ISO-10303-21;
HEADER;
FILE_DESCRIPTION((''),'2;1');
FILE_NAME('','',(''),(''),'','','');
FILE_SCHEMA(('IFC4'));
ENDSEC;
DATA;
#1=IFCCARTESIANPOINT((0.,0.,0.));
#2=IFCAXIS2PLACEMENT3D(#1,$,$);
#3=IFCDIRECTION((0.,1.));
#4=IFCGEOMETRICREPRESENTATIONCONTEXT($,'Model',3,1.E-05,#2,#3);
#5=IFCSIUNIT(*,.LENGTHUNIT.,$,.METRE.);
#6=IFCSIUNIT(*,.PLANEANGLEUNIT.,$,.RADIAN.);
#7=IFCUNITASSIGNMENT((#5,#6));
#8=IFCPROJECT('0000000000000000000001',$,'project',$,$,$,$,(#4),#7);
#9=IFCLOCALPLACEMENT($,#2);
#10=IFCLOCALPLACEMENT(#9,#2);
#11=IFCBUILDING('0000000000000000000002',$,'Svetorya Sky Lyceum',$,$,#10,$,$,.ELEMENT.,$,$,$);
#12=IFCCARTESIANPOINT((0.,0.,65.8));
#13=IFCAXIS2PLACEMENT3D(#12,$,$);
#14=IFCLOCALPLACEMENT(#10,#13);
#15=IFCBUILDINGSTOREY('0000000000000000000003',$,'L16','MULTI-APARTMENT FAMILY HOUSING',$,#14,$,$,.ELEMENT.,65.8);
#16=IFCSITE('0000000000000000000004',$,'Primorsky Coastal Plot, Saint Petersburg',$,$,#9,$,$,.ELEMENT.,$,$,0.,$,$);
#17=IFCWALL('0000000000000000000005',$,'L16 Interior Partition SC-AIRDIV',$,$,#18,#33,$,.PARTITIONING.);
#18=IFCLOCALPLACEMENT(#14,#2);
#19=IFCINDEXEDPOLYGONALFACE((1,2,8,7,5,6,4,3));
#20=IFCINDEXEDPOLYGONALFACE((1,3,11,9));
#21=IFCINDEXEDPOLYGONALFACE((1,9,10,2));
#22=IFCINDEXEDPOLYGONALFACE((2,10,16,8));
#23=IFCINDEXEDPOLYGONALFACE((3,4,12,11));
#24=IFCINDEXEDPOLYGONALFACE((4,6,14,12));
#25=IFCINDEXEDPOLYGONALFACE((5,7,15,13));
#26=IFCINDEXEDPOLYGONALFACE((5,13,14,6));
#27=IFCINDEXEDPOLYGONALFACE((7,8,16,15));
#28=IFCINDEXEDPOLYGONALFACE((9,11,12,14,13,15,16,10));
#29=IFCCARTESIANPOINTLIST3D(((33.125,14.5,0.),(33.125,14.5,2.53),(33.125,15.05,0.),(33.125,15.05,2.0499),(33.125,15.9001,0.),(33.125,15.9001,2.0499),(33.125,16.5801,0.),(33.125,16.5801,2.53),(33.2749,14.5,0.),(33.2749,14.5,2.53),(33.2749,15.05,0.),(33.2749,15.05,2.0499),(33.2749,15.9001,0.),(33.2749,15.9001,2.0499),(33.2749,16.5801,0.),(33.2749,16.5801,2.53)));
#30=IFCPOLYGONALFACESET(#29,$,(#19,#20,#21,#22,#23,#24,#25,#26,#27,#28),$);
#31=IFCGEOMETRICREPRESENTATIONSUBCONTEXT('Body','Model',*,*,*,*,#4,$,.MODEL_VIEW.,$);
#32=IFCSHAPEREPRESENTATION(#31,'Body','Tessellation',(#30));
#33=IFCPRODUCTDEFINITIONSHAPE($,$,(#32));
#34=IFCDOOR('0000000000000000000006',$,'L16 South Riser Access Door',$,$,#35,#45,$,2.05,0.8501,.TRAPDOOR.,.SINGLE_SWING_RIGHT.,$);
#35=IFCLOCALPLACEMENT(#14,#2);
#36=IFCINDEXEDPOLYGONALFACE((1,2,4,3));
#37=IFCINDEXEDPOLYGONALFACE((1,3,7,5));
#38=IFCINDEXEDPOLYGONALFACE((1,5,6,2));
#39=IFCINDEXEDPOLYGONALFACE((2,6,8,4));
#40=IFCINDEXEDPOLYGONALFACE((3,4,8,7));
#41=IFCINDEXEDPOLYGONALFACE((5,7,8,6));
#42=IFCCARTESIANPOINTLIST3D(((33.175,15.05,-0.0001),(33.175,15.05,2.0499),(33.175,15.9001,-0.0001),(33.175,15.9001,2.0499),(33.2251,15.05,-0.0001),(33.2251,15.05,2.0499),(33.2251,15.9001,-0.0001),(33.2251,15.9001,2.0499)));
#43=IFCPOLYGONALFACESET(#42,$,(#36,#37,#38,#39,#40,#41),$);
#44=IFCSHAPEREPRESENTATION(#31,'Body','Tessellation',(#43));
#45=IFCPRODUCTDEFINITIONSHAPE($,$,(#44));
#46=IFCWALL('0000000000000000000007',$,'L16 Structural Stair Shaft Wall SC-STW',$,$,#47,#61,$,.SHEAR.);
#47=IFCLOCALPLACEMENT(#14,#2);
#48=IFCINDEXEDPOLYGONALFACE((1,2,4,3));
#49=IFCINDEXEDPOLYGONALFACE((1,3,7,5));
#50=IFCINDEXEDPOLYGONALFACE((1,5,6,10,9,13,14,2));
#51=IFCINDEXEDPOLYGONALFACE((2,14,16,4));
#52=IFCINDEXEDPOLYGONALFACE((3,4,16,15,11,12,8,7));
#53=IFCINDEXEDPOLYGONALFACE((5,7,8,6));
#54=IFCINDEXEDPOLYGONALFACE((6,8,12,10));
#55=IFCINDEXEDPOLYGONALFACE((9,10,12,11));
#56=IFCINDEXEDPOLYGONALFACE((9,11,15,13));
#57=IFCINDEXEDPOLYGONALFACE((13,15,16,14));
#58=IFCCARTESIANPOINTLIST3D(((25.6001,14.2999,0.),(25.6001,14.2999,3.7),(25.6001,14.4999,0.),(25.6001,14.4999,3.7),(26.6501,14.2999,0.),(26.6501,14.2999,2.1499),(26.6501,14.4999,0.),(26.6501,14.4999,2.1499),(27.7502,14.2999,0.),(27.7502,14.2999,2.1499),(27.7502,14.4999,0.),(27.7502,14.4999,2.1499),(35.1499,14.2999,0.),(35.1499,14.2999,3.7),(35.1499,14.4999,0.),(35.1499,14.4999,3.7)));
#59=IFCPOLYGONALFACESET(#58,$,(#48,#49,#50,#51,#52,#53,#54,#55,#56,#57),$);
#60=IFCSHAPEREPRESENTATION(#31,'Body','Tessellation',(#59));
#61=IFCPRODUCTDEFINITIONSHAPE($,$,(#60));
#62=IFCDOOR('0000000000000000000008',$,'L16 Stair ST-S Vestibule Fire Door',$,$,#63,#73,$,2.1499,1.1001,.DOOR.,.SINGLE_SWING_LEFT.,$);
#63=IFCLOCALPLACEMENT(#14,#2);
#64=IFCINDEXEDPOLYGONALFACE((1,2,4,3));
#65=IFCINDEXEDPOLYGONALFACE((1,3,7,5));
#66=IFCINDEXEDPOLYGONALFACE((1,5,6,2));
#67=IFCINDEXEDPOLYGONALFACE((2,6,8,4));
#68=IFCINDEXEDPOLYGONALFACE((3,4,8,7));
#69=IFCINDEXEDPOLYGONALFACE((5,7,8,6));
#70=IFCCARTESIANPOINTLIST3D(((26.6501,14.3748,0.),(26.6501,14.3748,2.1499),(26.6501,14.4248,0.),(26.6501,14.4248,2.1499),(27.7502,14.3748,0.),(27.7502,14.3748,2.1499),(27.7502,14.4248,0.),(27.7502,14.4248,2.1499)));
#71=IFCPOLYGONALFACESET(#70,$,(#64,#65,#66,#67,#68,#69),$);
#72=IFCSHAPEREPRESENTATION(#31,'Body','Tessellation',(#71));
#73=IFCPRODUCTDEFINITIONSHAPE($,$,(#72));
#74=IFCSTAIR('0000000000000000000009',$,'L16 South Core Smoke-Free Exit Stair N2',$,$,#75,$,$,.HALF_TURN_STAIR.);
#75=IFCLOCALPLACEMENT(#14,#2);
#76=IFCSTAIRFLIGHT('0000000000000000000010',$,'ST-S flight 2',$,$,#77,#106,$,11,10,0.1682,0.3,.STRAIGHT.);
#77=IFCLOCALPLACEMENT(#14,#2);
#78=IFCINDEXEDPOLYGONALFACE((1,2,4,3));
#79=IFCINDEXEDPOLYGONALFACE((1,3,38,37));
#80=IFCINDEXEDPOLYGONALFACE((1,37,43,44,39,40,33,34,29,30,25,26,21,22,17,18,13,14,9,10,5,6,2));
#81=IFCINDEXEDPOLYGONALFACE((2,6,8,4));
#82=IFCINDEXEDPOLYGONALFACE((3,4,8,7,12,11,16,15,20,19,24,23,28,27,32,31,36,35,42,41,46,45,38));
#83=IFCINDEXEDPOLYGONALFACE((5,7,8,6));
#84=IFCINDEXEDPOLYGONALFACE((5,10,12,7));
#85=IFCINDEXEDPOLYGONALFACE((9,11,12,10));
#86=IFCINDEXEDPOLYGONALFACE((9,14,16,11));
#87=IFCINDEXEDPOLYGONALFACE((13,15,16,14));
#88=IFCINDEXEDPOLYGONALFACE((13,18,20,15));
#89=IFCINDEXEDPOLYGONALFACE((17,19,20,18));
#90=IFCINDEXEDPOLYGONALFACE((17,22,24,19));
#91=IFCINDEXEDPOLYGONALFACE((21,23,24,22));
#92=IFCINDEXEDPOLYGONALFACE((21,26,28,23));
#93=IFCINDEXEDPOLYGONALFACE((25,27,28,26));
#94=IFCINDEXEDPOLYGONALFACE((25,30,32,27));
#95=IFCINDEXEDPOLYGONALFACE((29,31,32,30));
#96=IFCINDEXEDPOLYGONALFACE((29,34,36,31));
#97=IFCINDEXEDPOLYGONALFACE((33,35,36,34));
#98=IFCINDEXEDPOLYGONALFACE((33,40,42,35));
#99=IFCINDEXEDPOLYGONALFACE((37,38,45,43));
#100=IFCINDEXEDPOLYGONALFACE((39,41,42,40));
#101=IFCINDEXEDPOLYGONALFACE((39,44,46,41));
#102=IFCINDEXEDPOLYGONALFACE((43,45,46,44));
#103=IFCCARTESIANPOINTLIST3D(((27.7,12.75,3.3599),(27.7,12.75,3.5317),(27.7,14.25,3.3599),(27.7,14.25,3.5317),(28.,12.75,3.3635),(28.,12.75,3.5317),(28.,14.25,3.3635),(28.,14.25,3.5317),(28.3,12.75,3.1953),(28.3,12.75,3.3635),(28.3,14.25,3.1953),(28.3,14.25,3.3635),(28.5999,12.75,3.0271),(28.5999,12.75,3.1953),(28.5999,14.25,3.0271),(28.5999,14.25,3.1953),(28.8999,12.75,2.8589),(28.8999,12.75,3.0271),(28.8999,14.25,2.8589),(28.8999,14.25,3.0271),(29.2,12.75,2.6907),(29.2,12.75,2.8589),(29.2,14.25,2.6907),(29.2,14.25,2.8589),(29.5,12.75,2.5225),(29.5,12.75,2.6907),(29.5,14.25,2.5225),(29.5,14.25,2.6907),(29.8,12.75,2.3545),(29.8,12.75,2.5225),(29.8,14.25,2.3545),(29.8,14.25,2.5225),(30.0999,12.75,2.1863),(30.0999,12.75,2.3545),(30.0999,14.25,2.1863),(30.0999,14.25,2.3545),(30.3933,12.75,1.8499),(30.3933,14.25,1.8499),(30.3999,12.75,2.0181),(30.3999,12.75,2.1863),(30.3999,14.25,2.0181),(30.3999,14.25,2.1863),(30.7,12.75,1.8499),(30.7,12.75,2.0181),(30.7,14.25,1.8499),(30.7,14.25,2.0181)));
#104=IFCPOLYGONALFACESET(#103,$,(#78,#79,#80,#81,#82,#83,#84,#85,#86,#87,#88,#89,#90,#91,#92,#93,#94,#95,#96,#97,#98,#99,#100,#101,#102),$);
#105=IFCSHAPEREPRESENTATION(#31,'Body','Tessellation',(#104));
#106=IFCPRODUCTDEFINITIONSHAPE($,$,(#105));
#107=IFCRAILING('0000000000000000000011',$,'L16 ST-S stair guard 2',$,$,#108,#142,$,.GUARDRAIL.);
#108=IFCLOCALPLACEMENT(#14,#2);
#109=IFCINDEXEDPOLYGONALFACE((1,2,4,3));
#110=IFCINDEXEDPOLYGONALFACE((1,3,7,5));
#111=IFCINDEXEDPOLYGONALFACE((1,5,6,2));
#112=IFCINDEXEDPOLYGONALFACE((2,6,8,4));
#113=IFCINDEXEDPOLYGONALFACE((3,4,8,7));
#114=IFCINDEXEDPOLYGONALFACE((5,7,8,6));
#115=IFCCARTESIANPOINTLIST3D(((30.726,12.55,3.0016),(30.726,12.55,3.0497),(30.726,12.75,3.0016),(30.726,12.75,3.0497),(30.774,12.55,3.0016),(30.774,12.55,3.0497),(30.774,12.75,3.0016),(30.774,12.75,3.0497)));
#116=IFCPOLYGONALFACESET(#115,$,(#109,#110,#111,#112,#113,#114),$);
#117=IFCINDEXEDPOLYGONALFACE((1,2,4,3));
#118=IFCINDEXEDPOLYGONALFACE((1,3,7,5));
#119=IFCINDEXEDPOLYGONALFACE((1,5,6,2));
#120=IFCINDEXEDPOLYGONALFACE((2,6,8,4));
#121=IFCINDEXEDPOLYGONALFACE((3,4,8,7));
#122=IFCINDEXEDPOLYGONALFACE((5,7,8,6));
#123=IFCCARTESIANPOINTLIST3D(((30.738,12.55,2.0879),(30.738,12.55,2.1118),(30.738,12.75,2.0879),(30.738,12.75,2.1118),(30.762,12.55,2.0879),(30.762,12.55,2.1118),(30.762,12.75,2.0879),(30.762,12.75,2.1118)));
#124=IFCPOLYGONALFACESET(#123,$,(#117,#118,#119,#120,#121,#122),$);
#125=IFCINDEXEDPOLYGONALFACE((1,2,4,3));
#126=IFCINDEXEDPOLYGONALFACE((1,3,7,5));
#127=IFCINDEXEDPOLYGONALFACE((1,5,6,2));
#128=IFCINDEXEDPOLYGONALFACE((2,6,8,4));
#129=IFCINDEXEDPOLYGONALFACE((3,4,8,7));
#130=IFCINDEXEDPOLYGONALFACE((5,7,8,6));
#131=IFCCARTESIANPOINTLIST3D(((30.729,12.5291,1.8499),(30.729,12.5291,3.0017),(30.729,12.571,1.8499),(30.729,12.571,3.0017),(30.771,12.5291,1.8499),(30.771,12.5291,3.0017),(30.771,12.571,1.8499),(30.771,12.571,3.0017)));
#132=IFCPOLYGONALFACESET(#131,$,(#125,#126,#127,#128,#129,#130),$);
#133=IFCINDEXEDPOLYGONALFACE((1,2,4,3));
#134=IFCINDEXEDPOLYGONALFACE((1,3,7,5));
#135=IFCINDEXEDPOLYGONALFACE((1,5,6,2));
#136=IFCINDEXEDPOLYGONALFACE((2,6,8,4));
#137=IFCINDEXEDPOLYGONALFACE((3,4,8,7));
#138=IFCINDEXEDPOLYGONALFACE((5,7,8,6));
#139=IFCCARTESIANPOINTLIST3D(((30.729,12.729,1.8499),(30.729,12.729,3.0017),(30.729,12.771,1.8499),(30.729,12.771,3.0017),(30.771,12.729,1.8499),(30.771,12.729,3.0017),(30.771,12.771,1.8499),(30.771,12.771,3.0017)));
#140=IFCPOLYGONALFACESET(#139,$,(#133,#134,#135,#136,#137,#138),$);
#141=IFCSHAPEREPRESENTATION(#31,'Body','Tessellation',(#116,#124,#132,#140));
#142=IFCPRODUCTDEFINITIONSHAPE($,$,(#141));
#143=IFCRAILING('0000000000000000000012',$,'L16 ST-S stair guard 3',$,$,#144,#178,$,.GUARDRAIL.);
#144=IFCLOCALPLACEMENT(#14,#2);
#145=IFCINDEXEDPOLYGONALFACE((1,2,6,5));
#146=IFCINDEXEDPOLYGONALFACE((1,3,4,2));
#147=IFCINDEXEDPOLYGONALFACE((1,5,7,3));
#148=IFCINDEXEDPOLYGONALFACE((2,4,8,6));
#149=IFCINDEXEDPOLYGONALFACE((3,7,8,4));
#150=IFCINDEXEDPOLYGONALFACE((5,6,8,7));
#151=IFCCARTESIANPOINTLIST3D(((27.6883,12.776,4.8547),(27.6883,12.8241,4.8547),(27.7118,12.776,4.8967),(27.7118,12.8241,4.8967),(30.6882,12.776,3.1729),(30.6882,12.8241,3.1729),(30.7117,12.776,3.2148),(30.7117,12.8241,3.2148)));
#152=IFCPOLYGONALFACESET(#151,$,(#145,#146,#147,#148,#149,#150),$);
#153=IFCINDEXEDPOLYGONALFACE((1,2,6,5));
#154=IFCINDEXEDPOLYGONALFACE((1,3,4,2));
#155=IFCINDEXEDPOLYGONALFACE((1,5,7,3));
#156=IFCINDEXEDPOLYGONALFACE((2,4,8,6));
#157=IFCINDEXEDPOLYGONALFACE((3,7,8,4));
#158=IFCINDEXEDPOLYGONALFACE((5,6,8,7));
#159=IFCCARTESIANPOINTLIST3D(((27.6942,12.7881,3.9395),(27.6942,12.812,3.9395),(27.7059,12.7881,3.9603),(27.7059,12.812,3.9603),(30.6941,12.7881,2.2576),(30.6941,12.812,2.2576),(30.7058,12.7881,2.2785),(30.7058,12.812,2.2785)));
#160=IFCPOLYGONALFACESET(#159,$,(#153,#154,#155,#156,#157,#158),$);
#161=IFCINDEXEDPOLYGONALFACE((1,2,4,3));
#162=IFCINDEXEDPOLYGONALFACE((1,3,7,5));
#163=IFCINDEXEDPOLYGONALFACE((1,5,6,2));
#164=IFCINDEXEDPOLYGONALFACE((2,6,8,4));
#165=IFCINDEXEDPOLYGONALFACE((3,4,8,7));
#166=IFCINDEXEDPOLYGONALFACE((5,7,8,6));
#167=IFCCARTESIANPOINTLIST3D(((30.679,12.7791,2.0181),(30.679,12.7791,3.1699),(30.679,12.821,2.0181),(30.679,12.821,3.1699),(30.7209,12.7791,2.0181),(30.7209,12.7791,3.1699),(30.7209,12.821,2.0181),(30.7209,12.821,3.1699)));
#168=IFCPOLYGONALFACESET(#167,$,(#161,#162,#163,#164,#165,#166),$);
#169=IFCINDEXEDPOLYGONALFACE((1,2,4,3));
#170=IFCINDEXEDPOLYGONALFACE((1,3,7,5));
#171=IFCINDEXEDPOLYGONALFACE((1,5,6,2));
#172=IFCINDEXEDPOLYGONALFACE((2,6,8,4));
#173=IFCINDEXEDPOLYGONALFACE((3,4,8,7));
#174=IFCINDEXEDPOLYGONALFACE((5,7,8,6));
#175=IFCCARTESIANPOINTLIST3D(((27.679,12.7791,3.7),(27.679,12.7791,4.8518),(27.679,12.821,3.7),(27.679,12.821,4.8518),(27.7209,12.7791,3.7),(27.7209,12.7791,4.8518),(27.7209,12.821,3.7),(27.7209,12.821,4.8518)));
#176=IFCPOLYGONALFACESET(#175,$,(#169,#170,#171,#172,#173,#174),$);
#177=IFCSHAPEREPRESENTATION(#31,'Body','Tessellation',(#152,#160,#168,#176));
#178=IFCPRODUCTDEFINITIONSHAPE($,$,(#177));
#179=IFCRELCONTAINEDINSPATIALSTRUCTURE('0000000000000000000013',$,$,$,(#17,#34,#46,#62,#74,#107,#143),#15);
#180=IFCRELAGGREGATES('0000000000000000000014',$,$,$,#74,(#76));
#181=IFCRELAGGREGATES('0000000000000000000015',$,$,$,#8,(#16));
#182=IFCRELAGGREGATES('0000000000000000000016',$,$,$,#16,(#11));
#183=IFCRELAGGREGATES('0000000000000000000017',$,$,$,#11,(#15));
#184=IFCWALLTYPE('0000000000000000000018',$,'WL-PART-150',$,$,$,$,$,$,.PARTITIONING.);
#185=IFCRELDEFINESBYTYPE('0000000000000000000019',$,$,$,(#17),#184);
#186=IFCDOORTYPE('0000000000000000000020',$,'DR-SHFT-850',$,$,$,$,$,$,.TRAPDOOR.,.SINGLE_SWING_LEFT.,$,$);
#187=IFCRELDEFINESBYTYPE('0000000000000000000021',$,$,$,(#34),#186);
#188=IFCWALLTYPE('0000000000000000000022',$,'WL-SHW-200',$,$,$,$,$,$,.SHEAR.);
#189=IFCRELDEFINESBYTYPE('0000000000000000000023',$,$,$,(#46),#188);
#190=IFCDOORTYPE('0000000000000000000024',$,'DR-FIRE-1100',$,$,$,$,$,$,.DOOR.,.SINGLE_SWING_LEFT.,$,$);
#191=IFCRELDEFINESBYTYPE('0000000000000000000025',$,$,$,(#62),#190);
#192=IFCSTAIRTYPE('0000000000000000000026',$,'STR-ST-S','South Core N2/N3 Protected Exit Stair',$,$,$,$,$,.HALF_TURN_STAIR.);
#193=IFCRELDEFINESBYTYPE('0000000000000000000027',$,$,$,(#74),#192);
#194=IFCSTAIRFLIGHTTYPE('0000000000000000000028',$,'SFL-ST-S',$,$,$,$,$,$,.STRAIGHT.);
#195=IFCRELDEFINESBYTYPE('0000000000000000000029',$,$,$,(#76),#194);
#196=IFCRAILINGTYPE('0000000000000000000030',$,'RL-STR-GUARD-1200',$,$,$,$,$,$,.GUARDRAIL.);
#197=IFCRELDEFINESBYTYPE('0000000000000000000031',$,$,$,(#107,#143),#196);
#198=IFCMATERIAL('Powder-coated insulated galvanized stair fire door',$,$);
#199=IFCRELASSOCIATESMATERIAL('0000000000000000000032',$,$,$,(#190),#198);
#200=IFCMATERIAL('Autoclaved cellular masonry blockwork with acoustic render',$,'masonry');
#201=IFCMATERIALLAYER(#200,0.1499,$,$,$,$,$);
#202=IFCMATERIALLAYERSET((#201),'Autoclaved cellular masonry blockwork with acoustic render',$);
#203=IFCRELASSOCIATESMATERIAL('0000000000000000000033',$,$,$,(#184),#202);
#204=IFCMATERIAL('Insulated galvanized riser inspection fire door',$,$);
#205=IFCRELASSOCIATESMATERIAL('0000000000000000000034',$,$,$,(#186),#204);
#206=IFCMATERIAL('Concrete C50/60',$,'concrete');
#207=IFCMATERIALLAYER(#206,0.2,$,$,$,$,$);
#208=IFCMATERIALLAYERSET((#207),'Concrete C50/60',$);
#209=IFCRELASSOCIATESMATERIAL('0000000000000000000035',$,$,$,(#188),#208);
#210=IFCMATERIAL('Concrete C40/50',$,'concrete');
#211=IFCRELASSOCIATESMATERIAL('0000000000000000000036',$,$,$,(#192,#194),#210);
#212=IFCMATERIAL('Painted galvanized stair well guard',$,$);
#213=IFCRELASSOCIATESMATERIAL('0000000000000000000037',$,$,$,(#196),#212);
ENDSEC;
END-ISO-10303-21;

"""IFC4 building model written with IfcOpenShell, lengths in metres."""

from ifc_helpers import new_model, si_unit, direction, frame, frame_2d, origin, origin_2d, place, context, subcontext, project, spatial, polyline, rectangle, outline, extrude, material, layer, layer_set, type_object, element, fill, aggregate, save


model = new_model("IFC4")

# Units and contexts
model_context = context("Model", 3, precision=1e-05, world=origin(), true_north=direction((0.0, 1.0)))
body_context = subcontext(model_context, "Body", "Model", "MODEL_VIEW")
ifc_project = project(units=[si_unit("LENGTHUNIT", "METRE"), si_unit("PLANEANGLEUNIT", "RADIAN")], contexts=[model_context])

# Site, building, storey
site_placement = place(None, origin())
site = spatial("IfcSite", under=ifc_project, at=site_placement, Name="Primorsky Coastal Plot, Saint Petersburg", CompositionType="ELEMENT", RefElevation=0.0)
building_placement = place(site_placement, origin())
building = spatial("IfcBuilding", under=site, at=building_placement, Name="Svetorya Sky Lyceum", CompositionType="ELEMENT")
storey_placement = place(building_placement, frame((0.0, 0.0, 65.8)))
storey = spatial("IfcBuildingStorey", under=building, at=storey_placement, Name="L16", Description="MULTI-APARTMENT FAMILY HOUSING", CompositionType="ELEMENT", Elevation=65.8)

# Shared definitions
ifc_material_1 = material(Name="Concrete C50/60", Category="concrete")

# Shared definitions
ifc_material_2 = material(Name="Powder-coated insulated galvanized stair fire door")
door_type_1 = type_object("IfcDoorType", Name="DR-FIRE-1100", OperationType="SINGLE_SWING_LEFT", PredefinedType="DOOR", material=ifc_material_2)

# Walls, openings, doors
ifc_material_3 = material(Name="Autoclaved cellular masonry blockwork with acoustic render", Category="masonry")
ifc_layer_1 = layer(ifc_material_3, 0.1499)
ifc_layer_set_1 = layer_set([ifc_layer_1], Name="Autoclaved cellular masonry blockwork with acoustic render")
wall_type_1 = type_object("IfcWallType", Name="WL-PART-150", PredefinedType="PARTITIONING", material=ifc_layer_set_1)
wall_1_placement = place(storey_placement, frame((33.2, 14.5, 0.0), z_axis=(0.0, 0.0, 1.0), x_axis=(0.0, 1.0, 0.0)))
wall_1 = element("IfcWall", 1, at=wall_1_placement, inside=storey, type_object=wall_type_1, Name="L16 Interior Partition SC-AIRDIV", PredefinedType="PARTITIONING", context=body_context, shape_type="SweptSolid", body=[
    extrude(rectangle(XDim=2.0801, YDim=0.1499, at=frame_2d((1.04, 0.0))), origin(), (0.0, 0.0, 1.0), 2.53),
])
opening_1_placement = place(wall_1_placement, frame((0.55, 0.0, 0.0)))
opening_1 = element("IfcOpeningElement", 2, at=opening_1_placement, cuts=wall_1, PredefinedType="OPENING", context=body_context, shape_type="SweptSolid", body=[
    extrude(rectangle(XDim=0.8501, YDim=2.05, at=frame_2d((0.425, 1.0249))), frame((0.0, 0.085, 0.0), z_axis=(0.0, -1.0, 0.0), x_axis=(1.0, 0.0, 0.0)), (0.0, 0.0, 1.0), 0.1699),
])
ifc_material_4 = material(Name="Insulated galvanized riser inspection fire door")
door_type_2 = type_object("IfcDoorType", Name="DR-SHFT-850", OperationType="SINGLE_SWING_LEFT", PredefinedType="TRAPDOOR", material=ifc_material_4)
door_1_placement = place(opening_1_placement, origin())
door_1 = element("IfcDoor", 3, at=door_1_placement, inside=storey, type_object=door_type_2, Name="L16 South Riser Access Door", OperationType="SINGLE_SWING_RIGHT", OverallHeight=2.05, OverallWidth=0.8501, PredefinedType="TRAPDOOR", context=body_context, shape_type="SweptSolid", body=[
    extrude(rectangle(XDim=0.8501, YDim=2.05, at=frame_2d((0.425, 1.0249))), frame((0.0, 0.0249, 0.0), z_axis=(0.0, -1.0, 0.0), x_axis=(1.0, 0.0, 0.0)), (0.0, 0.0, 1.0), 0.05),
])
fill(opening_1, door_1)
ifc_layer_2 = layer(ifc_material_1, 0.2)
ifc_layer_set_2 = layer_set([ifc_layer_2], Name="Concrete C50/60")
wall_type_2 = type_object("IfcWallType", Name="WL-SHW-200", PredefinedType="SHEAR", material=ifc_layer_set_2)
wall_2_placement = place(storey_placement, frame((25.6001, 14.3999, 0.0), z_axis=(0.0, 0.0, 1.0), x_axis=(1.0, 0.0, 0.0)))
wall_2 = element("IfcWall", 4, at=wall_2_placement, inside=storey, type_object=wall_type_2, Name="L16 Structural Stair Shaft Wall SC-STW", PredefinedType="SHEAR", context=body_context, shape_type="SweptSolid", body=[
    extrude(rectangle(XDim=9.5498, YDim=0.2, at=frame_2d((4.7749, 0.0))), origin(), (0.0, 0.0, 1.0), 3.7),
])
opening_2_placement = place(wall_2_placement, frame((1.05, 0.0, 0.0)))
opening_2 = element("IfcOpeningElement", 5, at=opening_2_placement, cuts=wall_2, PredefinedType="OPENING", context=body_context, shape_type="SweptSolid", body=[
    extrude(rectangle(XDim=1.1001, YDim=2.1499, at=frame_2d((0.55, 1.075))), frame((0.0, 0.1099, 0.0), z_axis=(0.0, -1.0, 0.0), x_axis=(1.0, 0.0, 0.0)), (0.0, 0.0, 1.0), 0.22),
])
door_2_placement = place(opening_2_placement, origin())
door_2 = element("IfcDoor", 6, at=door_2_placement, inside=storey, type_object=door_type_1, Name="L16 Stair ST-S Vestibule Fire Door", OperationType="SINGLE_SWING_LEFT", OverallHeight=2.1499, OverallWidth=1.1001, PredefinedType="DOOR", context=body_context, shape_type="SweptSolid", body=[
    extrude(rectangle(XDim=1.1001, YDim=2.1499, at=frame_2d((0.55, 1.075))), frame((0.0, 0.0249, 0.0), z_axis=(0.0, -1.0, 0.0), x_axis=(1.0, 0.0, 0.0)), (0.0, 0.0, 1.0), 0.05),
])
fill(opening_2, door_2)

# Stair, stair flight
ifc_material_5 = material(Name="Concrete C40/50", Category="concrete")
stair_type = type_object("IfcStairType", Name="STR-ST-S", Description="South Core N2/N3 Protected Exit Stair", PredefinedType="HALF_TURN_STAIR", material=ifc_material_5)
stair_placement = place(storey_placement, origin())
stair = element("IfcStair", 7, at=stair_placement, inside=storey, type_object=stair_type, Name="L16 South Core Smoke-Free Exit Stair N2", PredefinedType="HALF_TURN_STAIR")
stair_flight_type = type_object("IfcStairFlightType", Name="SFL-ST-S", PredefinedType="STRAIGHT", material=ifc_material_5)
stair_flight_placement = place(storey_placement, frame((30.7, 13.5, 1.8499), z_axis=(0.0, 0.0, 1.0), x_axis=(-1.0, 0.0, 0.0)))
stair_flight = element("IfcStairFlight", 8, at=stair_flight_placement, type_object=stair_flight_type, Name="ST-S flight 2", NumberOfRisers=11, NumberOfTreads=10, PredefinedType="STRAIGHT", RiserHeight=0.1682, TreadLength=0.3, context=body_context, shape_type="SweptSolid", body=[
    extrude(outline(polyline([(0.0, 0.0), (0.0, 0.1682), (0.3, 0.1682), (0.3, 0.3364), (0.6001, 0.3364), (0.6001, 0.5046), (0.8999, 0.5046), (0.8999, 0.6726), (1.2, 0.6726), (1.2, 0.8408), (1.5, 0.8408), (1.5, 1.009), (1.8, 1.009), (1.8, 1.1772), (2.1001, 1.1772), (2.1001, 1.3455), (2.3999, 1.3455), (2.3999, 1.5137), (2.7, 1.5137), (2.7, 1.6819), (3.0, 1.6819), (3.0, 1.8501), (3.0, 1.51), (0.3066, 0.0), (0.0, 0.0)])), frame((0.0, 0.75, 0.0), z_axis=(0.0, -1.0, 0.0), x_axis=(1.0, 0.0, 0.0)), (0.0, 0.0, 1.0), 1.5),
])
aggregate(stair, [stair_flight])

# Railings
ifc_material_6 = material(Name="Painted galvanized stair well guard")
railing_type_1 = type_object("IfcRailingType", Name="RL-STR-GUARD-1200", PredefinedType="GUARDRAIL", material=ifc_material_6)
railing_1_placement = place(storey_placement, frame((30.75, 12.55, 1.8499)))
element("IfcRailing", 9, at=railing_1_placement, inside=storey, type_object=railing_type_1, Name="L16 ST-S stair guard 2", PredefinedType="GUARDRAIL", context=body_context, shape_type="SweptSolid", body=[
    extrude(rectangle(XDim=0.0481, YDim=0.0481, at=origin_2d()), frame((0.0, 0.0, 1.1758), z_axis=(0.0, 1.0, 0.0), x_axis=(-1.0, 0.0, 0.0)), (0.0, 0.0, 1.0), 0.2),
    extrude(rectangle(XDim=0.0239, YDim=0.0239, at=origin_2d()), frame((0.0, 0.0, 0.25), z_axis=(0.0, 1.0, 0.0), x_axis=(-1.0, 0.0, 0.0)), (0.0, 0.0, 1.0), 0.2),
    extrude(rectangle(XDim=0.042, YDim=0.042, at=origin_2d()), origin(), (0.0, 0.0, 1.0), 1.1519),
    extrude(rectangle(XDim=0.042, YDim=0.042, at=origin_2d()), frame((0.0, 0.2, 0.0)), (0.0, 0.0, 1.0), 1.1519),
])
railing_2_placement = place(storey_placement, frame((30.7, 12.8, 2.0181)))
element("IfcRailing", 10, at=railing_2_placement, inside=storey, type_object=railing_type_1, Name="L16 ST-S stair guard 3", PredefinedType="GUARDRAIL", context=body_context, shape_type="SweptSolid", body=[
    extrude(rectangle(XDim=0.0481, YDim=0.0481, at=origin_2d()), frame((0.0, 0.0, 1.1758), z_axis=(-0.872272, 0.0, 0.48902), x_axis=(0.0, -1.0, 0.0)), (0.0, 0.0, 1.0), 3.4392),
    extrude(rectangle(XDim=0.0239, YDim=0.0239, at=origin_2d()), frame((0.0, 0.0, 0.25), z_axis=(-0.872272, 0.0, 0.48902), x_axis=(0.0, -1.0, 0.0)), (0.0, 0.0, 1.0), 3.4392),
    extrude(rectangle(XDim=0.042, YDim=0.042, at=origin_2d()), origin(), (0.0, 0.0, 1.0), 1.1519),
    extrude(rectangle(XDim=0.042, YDim=0.042, at=origin_2d()), frame((-3.0, 0.0, 1.6819)), (0.0, 0.0, 1.0), 1.1519),
])

save(model, "model.ifc")
